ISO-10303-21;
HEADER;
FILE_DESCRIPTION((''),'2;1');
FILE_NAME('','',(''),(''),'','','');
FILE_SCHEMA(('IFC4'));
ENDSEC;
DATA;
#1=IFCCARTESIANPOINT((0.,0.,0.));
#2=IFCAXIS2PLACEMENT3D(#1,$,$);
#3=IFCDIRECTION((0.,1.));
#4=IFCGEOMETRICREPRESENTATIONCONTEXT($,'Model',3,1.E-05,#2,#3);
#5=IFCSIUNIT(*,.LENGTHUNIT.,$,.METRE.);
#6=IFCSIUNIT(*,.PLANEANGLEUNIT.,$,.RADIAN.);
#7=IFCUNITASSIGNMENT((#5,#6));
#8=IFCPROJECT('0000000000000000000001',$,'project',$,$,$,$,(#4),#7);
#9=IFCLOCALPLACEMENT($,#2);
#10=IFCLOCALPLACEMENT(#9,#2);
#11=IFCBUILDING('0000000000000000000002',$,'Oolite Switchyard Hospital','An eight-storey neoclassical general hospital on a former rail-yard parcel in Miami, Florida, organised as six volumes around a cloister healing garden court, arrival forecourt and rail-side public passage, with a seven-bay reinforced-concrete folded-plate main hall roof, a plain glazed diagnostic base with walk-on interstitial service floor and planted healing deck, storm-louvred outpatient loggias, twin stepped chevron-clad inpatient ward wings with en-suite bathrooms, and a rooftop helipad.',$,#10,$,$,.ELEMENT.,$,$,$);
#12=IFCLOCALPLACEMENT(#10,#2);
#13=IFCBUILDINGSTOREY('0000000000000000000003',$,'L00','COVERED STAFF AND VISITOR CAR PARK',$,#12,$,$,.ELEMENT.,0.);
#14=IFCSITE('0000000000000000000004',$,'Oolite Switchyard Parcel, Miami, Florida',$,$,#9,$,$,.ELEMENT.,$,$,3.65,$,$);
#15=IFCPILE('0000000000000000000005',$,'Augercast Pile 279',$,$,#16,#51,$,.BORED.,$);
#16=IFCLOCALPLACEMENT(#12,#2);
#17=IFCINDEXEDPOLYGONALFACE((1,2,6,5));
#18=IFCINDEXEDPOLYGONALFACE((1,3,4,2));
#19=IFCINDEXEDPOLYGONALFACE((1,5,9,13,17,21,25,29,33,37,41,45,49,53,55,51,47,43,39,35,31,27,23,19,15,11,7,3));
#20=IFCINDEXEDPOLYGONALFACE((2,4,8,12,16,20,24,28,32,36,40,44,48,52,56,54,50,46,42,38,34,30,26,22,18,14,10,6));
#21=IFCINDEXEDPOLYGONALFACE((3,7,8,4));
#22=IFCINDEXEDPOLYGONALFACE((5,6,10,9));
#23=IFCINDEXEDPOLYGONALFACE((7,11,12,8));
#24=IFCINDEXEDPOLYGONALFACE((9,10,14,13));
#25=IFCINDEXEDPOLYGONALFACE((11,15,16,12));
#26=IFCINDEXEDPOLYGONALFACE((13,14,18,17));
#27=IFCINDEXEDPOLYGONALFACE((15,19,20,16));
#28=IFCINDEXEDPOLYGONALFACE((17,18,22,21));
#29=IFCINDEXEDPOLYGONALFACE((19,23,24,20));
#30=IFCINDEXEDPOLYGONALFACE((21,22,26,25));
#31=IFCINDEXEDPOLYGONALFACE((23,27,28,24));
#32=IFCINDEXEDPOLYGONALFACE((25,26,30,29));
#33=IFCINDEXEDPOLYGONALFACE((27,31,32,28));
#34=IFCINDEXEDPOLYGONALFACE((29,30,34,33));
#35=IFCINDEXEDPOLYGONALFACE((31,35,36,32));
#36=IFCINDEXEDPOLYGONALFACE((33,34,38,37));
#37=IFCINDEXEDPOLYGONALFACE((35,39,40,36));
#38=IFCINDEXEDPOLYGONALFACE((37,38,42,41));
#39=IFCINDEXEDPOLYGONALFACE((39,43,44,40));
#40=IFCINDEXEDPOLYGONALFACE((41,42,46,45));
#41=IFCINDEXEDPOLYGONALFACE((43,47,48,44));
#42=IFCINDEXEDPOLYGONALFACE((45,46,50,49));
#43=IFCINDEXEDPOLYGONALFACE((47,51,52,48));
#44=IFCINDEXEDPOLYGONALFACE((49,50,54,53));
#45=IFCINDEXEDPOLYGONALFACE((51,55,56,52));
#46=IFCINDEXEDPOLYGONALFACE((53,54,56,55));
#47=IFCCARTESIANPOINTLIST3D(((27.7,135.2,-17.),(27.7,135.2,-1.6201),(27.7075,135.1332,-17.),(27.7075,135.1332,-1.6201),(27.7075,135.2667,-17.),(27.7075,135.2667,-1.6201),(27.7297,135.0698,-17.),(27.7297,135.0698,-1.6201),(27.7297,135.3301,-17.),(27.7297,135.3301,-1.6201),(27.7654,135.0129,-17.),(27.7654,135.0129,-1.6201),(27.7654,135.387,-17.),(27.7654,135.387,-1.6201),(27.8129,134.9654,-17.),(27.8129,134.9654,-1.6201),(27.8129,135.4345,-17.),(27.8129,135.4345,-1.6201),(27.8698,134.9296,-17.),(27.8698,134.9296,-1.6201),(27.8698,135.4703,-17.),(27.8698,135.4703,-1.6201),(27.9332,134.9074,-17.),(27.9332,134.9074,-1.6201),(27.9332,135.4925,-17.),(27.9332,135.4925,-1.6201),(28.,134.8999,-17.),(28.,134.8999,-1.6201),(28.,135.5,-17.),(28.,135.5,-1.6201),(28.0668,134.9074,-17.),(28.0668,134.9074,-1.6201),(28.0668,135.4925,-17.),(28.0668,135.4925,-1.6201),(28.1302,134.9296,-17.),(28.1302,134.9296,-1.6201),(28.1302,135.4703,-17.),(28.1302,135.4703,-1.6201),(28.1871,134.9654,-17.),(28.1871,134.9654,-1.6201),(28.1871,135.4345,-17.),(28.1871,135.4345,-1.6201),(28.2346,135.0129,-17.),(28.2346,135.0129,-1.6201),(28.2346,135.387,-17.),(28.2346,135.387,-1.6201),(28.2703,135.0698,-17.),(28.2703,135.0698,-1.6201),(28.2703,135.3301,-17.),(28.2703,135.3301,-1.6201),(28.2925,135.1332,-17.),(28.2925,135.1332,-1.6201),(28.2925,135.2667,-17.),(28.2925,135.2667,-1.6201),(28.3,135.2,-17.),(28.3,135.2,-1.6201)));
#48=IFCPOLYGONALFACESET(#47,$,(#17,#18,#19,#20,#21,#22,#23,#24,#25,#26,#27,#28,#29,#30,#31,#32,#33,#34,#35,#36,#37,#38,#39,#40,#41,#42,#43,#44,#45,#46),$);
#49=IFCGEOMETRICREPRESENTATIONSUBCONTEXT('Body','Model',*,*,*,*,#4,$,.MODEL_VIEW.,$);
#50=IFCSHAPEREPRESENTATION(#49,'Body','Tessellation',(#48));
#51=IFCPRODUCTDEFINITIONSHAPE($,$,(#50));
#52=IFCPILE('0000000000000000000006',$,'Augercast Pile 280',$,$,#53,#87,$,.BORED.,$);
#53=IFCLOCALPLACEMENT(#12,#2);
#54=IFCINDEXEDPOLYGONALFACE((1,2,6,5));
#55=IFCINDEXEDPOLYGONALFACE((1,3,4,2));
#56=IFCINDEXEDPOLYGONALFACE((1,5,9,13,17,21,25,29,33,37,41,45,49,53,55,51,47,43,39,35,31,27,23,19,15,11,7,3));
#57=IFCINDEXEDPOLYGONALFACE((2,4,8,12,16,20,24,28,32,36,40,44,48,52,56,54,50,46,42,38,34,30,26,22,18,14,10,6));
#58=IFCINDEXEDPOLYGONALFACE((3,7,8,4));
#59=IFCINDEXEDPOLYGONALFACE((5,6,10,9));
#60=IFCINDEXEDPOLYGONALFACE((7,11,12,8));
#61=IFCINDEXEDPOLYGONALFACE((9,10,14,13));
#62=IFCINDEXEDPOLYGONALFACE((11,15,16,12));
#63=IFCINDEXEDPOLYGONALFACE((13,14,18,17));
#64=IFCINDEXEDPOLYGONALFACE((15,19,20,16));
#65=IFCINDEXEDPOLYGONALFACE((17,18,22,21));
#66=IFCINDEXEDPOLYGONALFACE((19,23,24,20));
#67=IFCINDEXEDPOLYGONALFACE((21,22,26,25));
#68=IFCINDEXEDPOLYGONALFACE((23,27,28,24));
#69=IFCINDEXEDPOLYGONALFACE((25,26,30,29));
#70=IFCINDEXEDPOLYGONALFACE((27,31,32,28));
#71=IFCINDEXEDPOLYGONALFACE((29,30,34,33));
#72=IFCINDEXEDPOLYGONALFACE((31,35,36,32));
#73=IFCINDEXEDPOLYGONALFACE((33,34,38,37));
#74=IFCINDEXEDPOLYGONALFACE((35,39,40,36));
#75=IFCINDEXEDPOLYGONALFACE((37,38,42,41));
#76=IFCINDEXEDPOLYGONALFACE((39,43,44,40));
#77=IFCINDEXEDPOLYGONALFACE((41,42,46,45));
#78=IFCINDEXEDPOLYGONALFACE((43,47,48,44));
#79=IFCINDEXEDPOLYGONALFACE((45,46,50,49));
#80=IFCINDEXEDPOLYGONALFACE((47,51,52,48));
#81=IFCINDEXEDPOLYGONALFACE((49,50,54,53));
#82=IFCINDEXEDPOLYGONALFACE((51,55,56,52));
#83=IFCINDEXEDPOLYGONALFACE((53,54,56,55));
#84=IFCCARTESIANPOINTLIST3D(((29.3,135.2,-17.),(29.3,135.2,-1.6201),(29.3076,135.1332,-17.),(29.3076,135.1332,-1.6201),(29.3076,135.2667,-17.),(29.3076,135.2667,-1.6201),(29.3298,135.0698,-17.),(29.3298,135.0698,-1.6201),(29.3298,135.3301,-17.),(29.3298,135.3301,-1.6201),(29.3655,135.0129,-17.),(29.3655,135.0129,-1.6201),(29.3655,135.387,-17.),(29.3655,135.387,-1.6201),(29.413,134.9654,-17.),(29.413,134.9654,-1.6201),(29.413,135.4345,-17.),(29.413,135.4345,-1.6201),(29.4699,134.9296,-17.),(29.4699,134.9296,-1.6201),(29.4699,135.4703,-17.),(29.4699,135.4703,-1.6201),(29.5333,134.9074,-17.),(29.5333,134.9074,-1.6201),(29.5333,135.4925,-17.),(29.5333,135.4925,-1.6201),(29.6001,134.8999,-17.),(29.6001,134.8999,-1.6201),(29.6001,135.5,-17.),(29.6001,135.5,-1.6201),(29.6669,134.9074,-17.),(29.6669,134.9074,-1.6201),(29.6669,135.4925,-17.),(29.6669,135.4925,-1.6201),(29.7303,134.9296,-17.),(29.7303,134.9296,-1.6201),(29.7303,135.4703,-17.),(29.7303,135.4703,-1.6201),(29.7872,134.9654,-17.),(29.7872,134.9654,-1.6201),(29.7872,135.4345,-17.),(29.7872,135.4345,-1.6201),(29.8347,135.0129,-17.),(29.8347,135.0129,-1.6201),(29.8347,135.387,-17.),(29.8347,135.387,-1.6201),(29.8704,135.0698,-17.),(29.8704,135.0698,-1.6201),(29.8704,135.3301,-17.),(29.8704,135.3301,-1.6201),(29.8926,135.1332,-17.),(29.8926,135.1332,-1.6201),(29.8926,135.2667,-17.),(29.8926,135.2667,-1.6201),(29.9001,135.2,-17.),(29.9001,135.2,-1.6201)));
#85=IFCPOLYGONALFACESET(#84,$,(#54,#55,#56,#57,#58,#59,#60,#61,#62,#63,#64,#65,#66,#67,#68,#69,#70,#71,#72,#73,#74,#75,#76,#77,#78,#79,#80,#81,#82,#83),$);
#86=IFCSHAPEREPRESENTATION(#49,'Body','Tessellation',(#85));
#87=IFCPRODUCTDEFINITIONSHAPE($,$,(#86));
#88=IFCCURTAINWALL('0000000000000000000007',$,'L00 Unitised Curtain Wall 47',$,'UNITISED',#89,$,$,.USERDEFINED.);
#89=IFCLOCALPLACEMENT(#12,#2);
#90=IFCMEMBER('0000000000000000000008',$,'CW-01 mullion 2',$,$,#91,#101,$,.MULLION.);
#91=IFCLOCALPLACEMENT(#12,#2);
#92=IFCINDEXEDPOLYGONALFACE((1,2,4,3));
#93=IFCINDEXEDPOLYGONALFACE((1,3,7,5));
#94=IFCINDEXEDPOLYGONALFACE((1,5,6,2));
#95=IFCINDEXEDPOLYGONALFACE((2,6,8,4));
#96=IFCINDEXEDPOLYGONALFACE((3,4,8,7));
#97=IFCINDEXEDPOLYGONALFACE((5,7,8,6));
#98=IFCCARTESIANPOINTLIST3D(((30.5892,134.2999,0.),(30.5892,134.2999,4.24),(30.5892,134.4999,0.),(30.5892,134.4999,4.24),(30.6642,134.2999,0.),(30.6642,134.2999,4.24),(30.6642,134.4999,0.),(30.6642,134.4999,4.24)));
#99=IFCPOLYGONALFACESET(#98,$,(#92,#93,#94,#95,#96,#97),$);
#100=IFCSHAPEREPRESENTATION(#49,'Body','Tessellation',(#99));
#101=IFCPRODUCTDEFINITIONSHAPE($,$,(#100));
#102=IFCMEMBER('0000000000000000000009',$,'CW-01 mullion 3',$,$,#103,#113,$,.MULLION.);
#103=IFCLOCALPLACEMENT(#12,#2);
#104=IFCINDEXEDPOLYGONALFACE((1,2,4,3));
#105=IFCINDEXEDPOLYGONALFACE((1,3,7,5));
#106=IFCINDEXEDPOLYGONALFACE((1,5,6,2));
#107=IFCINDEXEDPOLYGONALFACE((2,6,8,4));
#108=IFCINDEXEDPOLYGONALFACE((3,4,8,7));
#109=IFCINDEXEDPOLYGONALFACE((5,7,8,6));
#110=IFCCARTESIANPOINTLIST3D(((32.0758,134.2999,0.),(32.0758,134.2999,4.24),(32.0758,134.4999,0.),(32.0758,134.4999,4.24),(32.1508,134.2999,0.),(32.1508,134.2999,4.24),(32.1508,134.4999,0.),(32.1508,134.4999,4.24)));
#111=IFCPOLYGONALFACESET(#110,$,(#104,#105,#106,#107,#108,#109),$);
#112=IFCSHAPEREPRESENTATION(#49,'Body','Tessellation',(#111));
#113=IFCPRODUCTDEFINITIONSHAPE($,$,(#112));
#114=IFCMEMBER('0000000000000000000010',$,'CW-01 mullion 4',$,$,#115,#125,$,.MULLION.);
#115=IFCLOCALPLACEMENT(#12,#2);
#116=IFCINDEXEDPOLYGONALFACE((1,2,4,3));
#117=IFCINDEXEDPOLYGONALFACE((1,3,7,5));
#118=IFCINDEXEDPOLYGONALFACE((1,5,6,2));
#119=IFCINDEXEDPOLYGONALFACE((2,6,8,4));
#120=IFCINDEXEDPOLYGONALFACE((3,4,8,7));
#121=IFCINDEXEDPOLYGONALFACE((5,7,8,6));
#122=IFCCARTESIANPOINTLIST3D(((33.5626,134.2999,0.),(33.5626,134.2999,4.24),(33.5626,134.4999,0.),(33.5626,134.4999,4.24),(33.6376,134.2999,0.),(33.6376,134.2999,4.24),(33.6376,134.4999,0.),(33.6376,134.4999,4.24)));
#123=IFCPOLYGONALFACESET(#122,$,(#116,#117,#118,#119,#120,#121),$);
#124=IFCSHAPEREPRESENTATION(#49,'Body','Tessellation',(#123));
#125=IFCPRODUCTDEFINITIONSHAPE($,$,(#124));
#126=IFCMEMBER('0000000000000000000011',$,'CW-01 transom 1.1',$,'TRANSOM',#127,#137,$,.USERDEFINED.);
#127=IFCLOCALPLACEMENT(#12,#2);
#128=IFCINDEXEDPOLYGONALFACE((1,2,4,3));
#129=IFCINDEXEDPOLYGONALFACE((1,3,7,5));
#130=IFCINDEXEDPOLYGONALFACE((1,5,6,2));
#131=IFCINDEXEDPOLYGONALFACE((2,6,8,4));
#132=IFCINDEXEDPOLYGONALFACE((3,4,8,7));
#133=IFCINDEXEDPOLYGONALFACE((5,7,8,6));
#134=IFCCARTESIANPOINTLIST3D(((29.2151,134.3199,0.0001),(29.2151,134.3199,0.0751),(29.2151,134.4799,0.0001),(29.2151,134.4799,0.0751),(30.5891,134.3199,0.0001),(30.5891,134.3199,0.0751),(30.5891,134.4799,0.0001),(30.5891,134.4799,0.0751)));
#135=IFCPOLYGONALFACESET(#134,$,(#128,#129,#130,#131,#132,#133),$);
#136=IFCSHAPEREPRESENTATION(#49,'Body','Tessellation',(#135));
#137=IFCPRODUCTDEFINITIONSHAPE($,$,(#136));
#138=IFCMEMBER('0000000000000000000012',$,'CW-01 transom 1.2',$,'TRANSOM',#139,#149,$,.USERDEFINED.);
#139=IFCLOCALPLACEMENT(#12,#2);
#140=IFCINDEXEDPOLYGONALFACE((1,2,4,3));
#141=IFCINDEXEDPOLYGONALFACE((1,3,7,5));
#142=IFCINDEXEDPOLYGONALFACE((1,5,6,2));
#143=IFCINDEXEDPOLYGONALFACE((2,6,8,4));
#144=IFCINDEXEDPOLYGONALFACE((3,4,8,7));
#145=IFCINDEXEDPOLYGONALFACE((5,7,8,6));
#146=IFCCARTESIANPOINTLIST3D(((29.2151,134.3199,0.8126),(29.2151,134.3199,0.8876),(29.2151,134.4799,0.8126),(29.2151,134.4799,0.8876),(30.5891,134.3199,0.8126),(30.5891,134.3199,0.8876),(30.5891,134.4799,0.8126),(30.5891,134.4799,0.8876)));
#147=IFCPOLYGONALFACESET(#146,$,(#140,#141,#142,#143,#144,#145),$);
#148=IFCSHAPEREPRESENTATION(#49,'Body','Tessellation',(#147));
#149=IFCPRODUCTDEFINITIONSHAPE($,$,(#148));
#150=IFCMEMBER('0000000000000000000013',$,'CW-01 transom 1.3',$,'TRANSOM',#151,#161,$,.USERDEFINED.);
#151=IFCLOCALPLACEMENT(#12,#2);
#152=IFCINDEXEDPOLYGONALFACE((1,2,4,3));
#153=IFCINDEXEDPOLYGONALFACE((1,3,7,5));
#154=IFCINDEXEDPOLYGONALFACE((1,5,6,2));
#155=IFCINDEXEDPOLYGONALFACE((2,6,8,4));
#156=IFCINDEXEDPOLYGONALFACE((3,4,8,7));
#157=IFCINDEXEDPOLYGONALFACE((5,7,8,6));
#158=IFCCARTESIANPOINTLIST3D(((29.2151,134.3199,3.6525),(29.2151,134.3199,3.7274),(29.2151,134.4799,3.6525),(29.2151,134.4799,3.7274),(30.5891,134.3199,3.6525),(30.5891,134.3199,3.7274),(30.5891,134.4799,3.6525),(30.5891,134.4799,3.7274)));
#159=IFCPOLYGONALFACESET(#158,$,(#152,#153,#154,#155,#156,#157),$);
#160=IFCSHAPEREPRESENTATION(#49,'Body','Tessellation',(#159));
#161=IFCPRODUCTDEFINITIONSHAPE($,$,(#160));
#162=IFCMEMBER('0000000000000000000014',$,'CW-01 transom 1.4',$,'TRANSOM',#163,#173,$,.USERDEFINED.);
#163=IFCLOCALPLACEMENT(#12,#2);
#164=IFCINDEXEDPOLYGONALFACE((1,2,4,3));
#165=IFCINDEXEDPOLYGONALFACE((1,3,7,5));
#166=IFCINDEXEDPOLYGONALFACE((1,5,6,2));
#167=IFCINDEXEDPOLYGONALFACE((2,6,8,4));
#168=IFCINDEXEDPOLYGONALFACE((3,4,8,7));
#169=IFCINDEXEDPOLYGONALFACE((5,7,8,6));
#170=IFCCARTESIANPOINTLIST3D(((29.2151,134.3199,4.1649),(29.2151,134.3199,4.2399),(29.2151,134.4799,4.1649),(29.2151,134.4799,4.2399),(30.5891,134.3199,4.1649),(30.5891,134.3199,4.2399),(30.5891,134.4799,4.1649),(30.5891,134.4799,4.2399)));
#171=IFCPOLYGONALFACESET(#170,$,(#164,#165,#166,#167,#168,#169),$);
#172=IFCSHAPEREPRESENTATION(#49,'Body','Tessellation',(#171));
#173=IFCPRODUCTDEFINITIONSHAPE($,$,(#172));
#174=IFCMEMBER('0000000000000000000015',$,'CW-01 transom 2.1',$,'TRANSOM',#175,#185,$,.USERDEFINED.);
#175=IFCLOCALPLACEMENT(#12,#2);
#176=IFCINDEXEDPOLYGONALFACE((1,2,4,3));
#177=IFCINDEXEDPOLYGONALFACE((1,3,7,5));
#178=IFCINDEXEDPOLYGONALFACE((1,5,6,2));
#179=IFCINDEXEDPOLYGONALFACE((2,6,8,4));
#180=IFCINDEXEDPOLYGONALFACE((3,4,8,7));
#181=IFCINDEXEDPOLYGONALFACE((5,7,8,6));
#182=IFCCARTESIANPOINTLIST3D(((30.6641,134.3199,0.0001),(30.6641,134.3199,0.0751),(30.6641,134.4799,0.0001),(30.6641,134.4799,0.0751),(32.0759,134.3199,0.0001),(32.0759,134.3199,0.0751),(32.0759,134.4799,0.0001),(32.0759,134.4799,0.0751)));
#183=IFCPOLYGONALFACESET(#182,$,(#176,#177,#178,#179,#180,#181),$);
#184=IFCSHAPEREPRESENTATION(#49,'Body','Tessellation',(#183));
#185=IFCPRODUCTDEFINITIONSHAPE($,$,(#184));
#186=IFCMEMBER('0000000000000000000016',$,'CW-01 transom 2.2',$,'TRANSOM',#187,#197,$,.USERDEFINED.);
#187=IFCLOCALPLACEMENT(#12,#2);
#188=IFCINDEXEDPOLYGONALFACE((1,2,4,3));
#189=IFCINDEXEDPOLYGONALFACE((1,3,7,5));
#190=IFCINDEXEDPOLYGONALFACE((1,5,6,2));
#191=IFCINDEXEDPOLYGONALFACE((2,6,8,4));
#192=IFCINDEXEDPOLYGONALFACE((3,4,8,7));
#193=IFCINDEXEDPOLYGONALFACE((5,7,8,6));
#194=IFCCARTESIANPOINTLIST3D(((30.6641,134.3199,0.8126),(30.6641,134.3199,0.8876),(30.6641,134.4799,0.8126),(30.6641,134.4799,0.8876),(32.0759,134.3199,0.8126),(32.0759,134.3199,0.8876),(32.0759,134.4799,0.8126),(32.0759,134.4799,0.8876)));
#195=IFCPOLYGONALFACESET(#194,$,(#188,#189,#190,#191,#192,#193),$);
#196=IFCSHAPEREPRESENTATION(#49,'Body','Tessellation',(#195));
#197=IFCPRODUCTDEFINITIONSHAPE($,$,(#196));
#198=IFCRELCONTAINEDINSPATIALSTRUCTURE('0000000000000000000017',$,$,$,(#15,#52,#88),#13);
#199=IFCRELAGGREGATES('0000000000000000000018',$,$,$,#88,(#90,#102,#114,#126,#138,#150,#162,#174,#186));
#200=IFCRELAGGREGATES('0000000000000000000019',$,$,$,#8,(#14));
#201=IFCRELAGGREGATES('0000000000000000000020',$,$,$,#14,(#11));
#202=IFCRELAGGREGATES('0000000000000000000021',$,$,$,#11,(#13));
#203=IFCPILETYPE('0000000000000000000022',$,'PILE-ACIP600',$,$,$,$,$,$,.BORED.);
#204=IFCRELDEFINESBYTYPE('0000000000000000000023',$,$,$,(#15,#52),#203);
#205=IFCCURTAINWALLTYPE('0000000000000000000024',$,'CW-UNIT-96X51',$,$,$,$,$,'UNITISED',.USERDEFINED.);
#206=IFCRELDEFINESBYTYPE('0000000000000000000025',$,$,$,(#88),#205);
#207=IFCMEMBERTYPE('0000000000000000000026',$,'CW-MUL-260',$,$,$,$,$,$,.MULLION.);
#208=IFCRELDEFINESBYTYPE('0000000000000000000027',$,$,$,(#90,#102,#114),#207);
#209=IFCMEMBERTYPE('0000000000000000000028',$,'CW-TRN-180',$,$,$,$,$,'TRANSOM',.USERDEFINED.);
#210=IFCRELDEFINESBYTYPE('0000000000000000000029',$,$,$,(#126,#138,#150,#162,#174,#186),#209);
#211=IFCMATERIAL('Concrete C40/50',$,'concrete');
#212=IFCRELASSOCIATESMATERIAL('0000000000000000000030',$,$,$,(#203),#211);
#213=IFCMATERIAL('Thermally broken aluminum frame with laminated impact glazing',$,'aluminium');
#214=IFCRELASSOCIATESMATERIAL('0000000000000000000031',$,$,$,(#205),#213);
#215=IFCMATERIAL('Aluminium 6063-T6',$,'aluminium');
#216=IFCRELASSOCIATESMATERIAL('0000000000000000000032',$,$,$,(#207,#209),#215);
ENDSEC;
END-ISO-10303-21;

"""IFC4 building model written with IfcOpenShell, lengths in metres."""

from ifc_helpers import new_model, si_unit, direction, frame, origin, origin_2d, place, context, subcontext, project, spatial, rectangle, circle, extrude, material, material_profile, profile_set, type_object, element, aggregate, save


model = new_model("IFC4")

# Units and contexts
model_context = context("Model", 3, precision=1e-05, world=origin(), true_north=direction((0.0, 1.0)))
body_context = subcontext(model_context, "Body", "Model", "MODEL_VIEW")
ifc_project = project(units=[si_unit("LENGTHUNIT", "METRE"), si_unit("PLANEANGLEUNIT", "RADIAN")], contexts=[model_context])

# Site, building, storey
site_placement = place(None, origin())
site = spatial("IfcSite", under=ifc_project, at=site_placement, Name="Oolite Switchyard Parcel, Miami, Florida", CompositionType="ELEMENT", RefElevation=3.65)
building_placement = place(site_placement, origin())
building = spatial("IfcBuilding", under=site, at=building_placement, Name="Oolite Switchyard Hospital", Description="An eight-storey neoclassical general hospital on a former rail-yard parcel in Miami, Florida, organised as six volumes around a cloister healing garden court, arrival forecourt and rail-side public passage, with a seven-bay reinforced-concrete folded-plate main hall roof, a plain glazed diagnostic base with walk-on interstitial service floor and planted healing deck, storm-louvred outpatient loggias, twin stepped chevron-clad inpatient ward wings with en-suite bathrooms, and a rooftop helipad.", CompositionType="ELEMENT")
storey_placement = place(building_placement, origin())
storey = spatial("IfcBuildingStorey", under=building, at=storey_placement, Name="L00", Description="COVERED STAFF AND VISITOR CAR PARK", CompositionType="ELEMENT", Elevation=0.0)

# Piles
ifc_material_1 = material(Name="Concrete C40/50", Category="concrete")
ifc_material_profile_1 = material_profile(ifc_material_1, circle(Radius=0.3, at=origin_2d()), Name="PILE600")
ifc_profile_set_1 = profile_set([ifc_material_profile_1], Name="Concrete C40/50")
pile_type = type_object("IfcPileType", Name="PILE-ACIP600", PredefinedType="BORED", material=ifc_profile_set_1)
for number, where, z_axis, x_axis, name in (
    (1, (28.0, 135.2, -1.6201), (0.0, 0.0, -1.0), (1.0, 0.0, 0.0), "Augercast Pile 279"),
    (2, (29.6001, 135.2, -1.6201), (0.0, 0.0, -1.0), (1.0, 0.0, 0.0), "Augercast Pile 280"),
):
    element("IfcPile", number, at=place(storey_placement, frame(where, z_axis=z_axis, x_axis=x_axis)), inside=storey, type_object=pile_type, Name=name, PredefinedType="BORED", context=body_context, shape_type="SweptSolid", body=[
        extrude(circle(Radius=0.3, at=origin_2d()), origin(), (0.0, 0.0, 1.0), 15.3799),
    ])

# Curtain wall, members
ifc_material_2 = material(Name="Thermally broken aluminum frame with laminated impact glazing", Category="aluminium")
curtain_wall_type = type_object("IfcCurtainWallType", Name="CW-UNIT-96X51", ElementType="UNITISED", PredefinedType="USERDEFINED", material=ifc_material_2)
curtain_wall_placement = place(storey_placement, origin())
curtain_wall = element("IfcCurtainWall", 3, at=curtain_wall_placement, inside=storey, type_object=curtain_wall_type, Name="L00 Unitised Curtain Wall 47", ObjectType="UNITISED", PredefinedType="USERDEFINED")
ifc_material_3 = material(Name="Aluminium 6063-T6", Category="aluminium")
ifc_material_profile_2 = material_profile(ifc_material_3, rectangle(XDim=0.2, YDim=0.075, at=origin_2d()), Name="CWM75X200")
ifc_profile_set_2 = profile_set([ifc_material_profile_2], Name="Aluminium 6063-T6")
member_type_1 = type_object("IfcMemberType", Name="CW-MUL-260", PredefinedType="MULLION", material=ifc_profile_set_2)
member_1_placement = place(storey_placement, frame((30.6267, 134.3999, 0.0), z_axis=(0.0, 0.0, 1.0), x_axis=(0.0, 1.0, 0.0)))
member_1 = element("IfcMember", 4, at=member_1_placement, type_object=member_type_1, Name="CW-01 mullion 2", PredefinedType="MULLION", context=body_context, shape_type="SweptSolid", body=[
    extrude(rectangle(XDim=0.2, YDim=0.075, at=origin_2d()), origin(), (0.0, 0.0, 1.0), 4.24),
])
member_2_placement = place(storey_placement, frame((32.1133, 134.3999, 0.0), z_axis=(0.0, 0.0, 1.0), x_axis=(0.0, 1.0, 0.0)))
member_2 = element("IfcMember", 5, at=member_2_placement, type_object=member_type_1, Name="CW-01 mullion 3", PredefinedType="MULLION", context=body_context, shape_type="SweptSolid", body=[
    extrude(rectangle(XDim=0.2, YDim=0.075, at=origin_2d()), origin(), (0.0, 0.0, 1.0), 4.24),
])
member_3_placement = place(storey_placement, frame((33.6001, 134.3999, 0.0), z_axis=(0.0, 0.0, 1.0), x_axis=(0.0, 1.0, 0.0)))
member_3 = element("IfcMember", 6, at=member_3_placement, type_object=member_type_1, Name="CW-01 mullion 4", PredefinedType="MULLION", context=body_context, shape_type="SweptSolid", body=[
    extrude(rectangle(XDim=0.2, YDim=0.075, at=origin_2d()), origin(), (0.0, 0.0, 1.0), 4.24),
])
ifc_material_profile_3 = material_profile(ifc_material_3, rectangle(XDim=0.1599, YDim=0.075, at=origin_2d()), Name="CWT75X160")
ifc_profile_set_3 = profile_set([ifc_material_profile_3], Name="Aluminium 6063-T6")
member_type_2 = type_object("IfcMemberType", Name="CW-TRN-180", ElementType="TRANSOM", PredefinedType="USERDEFINED", material=ifc_profile_set_3)
member_4_placement = place(storey_placement, frame((29.2151, 134.3999, 0.0376), z_axis=(1.0, 0.0, 0.0), x_axis=(0.0, 1.0, 0.0)))
member_4 = element("IfcMember", 7, at=member_4_placement, type_object=member_type_2, Name="CW-01 transom 1.1", ObjectType="TRANSOM", PredefinedType="USERDEFINED", context=body_context, shape_type="SweptSolid", body=[
    extrude(rectangle(XDim=0.1599, YDim=0.075, at=origin_2d()), origin(), (0.0, 0.0, 1.0), 1.374),
])
member_5_placement = place(storey_placement, frame((29.2151, 134.3999, 0.8501), z_axis=(1.0, 0.0, 0.0), x_axis=(0.0, 1.0, 0.0)))
member_5 = element("IfcMember", 8, at=member_5_placement, type_object=member_type_2, Name="CW-01 transom 1.2", ObjectType="TRANSOM", PredefinedType="USERDEFINED", context=body_context, shape_type="SweptSolid", body=[
    extrude(rectangle(XDim=0.1599, YDim=0.075, at=origin_2d()), origin(), (0.0, 0.0, 1.0), 1.374),
])
member_6_placement = place(storey_placement, frame((29.2151, 134.3999, 3.6899), z_axis=(1.0, 0.0, 0.0), x_axis=(0.0, 1.0, 0.0)))
member_6 = element("IfcMember", 9, at=member_6_placement, type_object=member_type_2, Name="CW-01 transom 1.3", ObjectType="TRANSOM", PredefinedType="USERDEFINED", context=body_context, shape_type="SweptSolid", body=[
    extrude(rectangle(XDim=0.1599, YDim=0.075, at=origin_2d()), origin(), (0.0, 0.0, 1.0), 1.374),
])
member_7_placement = place(storey_placement, frame((29.2151, 134.3999, 4.2024), z_axis=(1.0, 0.0, 0.0), x_axis=(0.0, 1.0, 0.0)))
member_7 = element("IfcMember", 10, at=member_7_placement, type_object=member_type_2, Name="CW-01 transom 1.4", ObjectType="TRANSOM", PredefinedType="USERDEFINED", context=body_context, shape_type="SweptSolid", body=[
    extrude(rectangle(XDim=0.1599, YDim=0.075, at=origin_2d()), origin(), (0.0, 0.0, 1.0), 1.374),
])
member_8_placement = place(storey_placement, frame((30.6641, 134.3999, 0.0376), z_axis=(1.0, 0.0, 0.0), x_axis=(0.0, 1.0, 0.0)))
member_8 = element("IfcMember", 11, at=member_8_placement, type_object=member_type_2, Name="CW-01 transom 2.1", ObjectType="TRANSOM", PredefinedType="USERDEFINED", context=body_context, shape_type="SweptSolid", body=[
    extrude(rectangle(XDim=0.1599, YDim=0.075, at=origin_2d()), origin(), (0.0, 0.0, 1.0), 1.4119),
])
member_9_placement = place(storey_placement, frame((30.6641, 134.3999, 0.8501), z_axis=(1.0, 0.0, 0.0), x_axis=(0.0, 1.0, 0.0)))
member_9 = element("IfcMember", 12, at=member_9_placement, type_object=member_type_2, Name="CW-01 transom 2.2", ObjectType="TRANSOM", PredefinedType="USERDEFINED", context=body_context, shape_type="SweptSolid", body=[
    extrude(rectangle(XDim=0.1599, YDim=0.075, at=origin_2d()), origin(), (0.0, 0.0, 1.0), 1.4119),
])
aggregate(curtain_wall, [member_1, member_2, member_3, member_4, member_5, member_6, member_7, member_8, member_9])

save(model, "model.ifc")
